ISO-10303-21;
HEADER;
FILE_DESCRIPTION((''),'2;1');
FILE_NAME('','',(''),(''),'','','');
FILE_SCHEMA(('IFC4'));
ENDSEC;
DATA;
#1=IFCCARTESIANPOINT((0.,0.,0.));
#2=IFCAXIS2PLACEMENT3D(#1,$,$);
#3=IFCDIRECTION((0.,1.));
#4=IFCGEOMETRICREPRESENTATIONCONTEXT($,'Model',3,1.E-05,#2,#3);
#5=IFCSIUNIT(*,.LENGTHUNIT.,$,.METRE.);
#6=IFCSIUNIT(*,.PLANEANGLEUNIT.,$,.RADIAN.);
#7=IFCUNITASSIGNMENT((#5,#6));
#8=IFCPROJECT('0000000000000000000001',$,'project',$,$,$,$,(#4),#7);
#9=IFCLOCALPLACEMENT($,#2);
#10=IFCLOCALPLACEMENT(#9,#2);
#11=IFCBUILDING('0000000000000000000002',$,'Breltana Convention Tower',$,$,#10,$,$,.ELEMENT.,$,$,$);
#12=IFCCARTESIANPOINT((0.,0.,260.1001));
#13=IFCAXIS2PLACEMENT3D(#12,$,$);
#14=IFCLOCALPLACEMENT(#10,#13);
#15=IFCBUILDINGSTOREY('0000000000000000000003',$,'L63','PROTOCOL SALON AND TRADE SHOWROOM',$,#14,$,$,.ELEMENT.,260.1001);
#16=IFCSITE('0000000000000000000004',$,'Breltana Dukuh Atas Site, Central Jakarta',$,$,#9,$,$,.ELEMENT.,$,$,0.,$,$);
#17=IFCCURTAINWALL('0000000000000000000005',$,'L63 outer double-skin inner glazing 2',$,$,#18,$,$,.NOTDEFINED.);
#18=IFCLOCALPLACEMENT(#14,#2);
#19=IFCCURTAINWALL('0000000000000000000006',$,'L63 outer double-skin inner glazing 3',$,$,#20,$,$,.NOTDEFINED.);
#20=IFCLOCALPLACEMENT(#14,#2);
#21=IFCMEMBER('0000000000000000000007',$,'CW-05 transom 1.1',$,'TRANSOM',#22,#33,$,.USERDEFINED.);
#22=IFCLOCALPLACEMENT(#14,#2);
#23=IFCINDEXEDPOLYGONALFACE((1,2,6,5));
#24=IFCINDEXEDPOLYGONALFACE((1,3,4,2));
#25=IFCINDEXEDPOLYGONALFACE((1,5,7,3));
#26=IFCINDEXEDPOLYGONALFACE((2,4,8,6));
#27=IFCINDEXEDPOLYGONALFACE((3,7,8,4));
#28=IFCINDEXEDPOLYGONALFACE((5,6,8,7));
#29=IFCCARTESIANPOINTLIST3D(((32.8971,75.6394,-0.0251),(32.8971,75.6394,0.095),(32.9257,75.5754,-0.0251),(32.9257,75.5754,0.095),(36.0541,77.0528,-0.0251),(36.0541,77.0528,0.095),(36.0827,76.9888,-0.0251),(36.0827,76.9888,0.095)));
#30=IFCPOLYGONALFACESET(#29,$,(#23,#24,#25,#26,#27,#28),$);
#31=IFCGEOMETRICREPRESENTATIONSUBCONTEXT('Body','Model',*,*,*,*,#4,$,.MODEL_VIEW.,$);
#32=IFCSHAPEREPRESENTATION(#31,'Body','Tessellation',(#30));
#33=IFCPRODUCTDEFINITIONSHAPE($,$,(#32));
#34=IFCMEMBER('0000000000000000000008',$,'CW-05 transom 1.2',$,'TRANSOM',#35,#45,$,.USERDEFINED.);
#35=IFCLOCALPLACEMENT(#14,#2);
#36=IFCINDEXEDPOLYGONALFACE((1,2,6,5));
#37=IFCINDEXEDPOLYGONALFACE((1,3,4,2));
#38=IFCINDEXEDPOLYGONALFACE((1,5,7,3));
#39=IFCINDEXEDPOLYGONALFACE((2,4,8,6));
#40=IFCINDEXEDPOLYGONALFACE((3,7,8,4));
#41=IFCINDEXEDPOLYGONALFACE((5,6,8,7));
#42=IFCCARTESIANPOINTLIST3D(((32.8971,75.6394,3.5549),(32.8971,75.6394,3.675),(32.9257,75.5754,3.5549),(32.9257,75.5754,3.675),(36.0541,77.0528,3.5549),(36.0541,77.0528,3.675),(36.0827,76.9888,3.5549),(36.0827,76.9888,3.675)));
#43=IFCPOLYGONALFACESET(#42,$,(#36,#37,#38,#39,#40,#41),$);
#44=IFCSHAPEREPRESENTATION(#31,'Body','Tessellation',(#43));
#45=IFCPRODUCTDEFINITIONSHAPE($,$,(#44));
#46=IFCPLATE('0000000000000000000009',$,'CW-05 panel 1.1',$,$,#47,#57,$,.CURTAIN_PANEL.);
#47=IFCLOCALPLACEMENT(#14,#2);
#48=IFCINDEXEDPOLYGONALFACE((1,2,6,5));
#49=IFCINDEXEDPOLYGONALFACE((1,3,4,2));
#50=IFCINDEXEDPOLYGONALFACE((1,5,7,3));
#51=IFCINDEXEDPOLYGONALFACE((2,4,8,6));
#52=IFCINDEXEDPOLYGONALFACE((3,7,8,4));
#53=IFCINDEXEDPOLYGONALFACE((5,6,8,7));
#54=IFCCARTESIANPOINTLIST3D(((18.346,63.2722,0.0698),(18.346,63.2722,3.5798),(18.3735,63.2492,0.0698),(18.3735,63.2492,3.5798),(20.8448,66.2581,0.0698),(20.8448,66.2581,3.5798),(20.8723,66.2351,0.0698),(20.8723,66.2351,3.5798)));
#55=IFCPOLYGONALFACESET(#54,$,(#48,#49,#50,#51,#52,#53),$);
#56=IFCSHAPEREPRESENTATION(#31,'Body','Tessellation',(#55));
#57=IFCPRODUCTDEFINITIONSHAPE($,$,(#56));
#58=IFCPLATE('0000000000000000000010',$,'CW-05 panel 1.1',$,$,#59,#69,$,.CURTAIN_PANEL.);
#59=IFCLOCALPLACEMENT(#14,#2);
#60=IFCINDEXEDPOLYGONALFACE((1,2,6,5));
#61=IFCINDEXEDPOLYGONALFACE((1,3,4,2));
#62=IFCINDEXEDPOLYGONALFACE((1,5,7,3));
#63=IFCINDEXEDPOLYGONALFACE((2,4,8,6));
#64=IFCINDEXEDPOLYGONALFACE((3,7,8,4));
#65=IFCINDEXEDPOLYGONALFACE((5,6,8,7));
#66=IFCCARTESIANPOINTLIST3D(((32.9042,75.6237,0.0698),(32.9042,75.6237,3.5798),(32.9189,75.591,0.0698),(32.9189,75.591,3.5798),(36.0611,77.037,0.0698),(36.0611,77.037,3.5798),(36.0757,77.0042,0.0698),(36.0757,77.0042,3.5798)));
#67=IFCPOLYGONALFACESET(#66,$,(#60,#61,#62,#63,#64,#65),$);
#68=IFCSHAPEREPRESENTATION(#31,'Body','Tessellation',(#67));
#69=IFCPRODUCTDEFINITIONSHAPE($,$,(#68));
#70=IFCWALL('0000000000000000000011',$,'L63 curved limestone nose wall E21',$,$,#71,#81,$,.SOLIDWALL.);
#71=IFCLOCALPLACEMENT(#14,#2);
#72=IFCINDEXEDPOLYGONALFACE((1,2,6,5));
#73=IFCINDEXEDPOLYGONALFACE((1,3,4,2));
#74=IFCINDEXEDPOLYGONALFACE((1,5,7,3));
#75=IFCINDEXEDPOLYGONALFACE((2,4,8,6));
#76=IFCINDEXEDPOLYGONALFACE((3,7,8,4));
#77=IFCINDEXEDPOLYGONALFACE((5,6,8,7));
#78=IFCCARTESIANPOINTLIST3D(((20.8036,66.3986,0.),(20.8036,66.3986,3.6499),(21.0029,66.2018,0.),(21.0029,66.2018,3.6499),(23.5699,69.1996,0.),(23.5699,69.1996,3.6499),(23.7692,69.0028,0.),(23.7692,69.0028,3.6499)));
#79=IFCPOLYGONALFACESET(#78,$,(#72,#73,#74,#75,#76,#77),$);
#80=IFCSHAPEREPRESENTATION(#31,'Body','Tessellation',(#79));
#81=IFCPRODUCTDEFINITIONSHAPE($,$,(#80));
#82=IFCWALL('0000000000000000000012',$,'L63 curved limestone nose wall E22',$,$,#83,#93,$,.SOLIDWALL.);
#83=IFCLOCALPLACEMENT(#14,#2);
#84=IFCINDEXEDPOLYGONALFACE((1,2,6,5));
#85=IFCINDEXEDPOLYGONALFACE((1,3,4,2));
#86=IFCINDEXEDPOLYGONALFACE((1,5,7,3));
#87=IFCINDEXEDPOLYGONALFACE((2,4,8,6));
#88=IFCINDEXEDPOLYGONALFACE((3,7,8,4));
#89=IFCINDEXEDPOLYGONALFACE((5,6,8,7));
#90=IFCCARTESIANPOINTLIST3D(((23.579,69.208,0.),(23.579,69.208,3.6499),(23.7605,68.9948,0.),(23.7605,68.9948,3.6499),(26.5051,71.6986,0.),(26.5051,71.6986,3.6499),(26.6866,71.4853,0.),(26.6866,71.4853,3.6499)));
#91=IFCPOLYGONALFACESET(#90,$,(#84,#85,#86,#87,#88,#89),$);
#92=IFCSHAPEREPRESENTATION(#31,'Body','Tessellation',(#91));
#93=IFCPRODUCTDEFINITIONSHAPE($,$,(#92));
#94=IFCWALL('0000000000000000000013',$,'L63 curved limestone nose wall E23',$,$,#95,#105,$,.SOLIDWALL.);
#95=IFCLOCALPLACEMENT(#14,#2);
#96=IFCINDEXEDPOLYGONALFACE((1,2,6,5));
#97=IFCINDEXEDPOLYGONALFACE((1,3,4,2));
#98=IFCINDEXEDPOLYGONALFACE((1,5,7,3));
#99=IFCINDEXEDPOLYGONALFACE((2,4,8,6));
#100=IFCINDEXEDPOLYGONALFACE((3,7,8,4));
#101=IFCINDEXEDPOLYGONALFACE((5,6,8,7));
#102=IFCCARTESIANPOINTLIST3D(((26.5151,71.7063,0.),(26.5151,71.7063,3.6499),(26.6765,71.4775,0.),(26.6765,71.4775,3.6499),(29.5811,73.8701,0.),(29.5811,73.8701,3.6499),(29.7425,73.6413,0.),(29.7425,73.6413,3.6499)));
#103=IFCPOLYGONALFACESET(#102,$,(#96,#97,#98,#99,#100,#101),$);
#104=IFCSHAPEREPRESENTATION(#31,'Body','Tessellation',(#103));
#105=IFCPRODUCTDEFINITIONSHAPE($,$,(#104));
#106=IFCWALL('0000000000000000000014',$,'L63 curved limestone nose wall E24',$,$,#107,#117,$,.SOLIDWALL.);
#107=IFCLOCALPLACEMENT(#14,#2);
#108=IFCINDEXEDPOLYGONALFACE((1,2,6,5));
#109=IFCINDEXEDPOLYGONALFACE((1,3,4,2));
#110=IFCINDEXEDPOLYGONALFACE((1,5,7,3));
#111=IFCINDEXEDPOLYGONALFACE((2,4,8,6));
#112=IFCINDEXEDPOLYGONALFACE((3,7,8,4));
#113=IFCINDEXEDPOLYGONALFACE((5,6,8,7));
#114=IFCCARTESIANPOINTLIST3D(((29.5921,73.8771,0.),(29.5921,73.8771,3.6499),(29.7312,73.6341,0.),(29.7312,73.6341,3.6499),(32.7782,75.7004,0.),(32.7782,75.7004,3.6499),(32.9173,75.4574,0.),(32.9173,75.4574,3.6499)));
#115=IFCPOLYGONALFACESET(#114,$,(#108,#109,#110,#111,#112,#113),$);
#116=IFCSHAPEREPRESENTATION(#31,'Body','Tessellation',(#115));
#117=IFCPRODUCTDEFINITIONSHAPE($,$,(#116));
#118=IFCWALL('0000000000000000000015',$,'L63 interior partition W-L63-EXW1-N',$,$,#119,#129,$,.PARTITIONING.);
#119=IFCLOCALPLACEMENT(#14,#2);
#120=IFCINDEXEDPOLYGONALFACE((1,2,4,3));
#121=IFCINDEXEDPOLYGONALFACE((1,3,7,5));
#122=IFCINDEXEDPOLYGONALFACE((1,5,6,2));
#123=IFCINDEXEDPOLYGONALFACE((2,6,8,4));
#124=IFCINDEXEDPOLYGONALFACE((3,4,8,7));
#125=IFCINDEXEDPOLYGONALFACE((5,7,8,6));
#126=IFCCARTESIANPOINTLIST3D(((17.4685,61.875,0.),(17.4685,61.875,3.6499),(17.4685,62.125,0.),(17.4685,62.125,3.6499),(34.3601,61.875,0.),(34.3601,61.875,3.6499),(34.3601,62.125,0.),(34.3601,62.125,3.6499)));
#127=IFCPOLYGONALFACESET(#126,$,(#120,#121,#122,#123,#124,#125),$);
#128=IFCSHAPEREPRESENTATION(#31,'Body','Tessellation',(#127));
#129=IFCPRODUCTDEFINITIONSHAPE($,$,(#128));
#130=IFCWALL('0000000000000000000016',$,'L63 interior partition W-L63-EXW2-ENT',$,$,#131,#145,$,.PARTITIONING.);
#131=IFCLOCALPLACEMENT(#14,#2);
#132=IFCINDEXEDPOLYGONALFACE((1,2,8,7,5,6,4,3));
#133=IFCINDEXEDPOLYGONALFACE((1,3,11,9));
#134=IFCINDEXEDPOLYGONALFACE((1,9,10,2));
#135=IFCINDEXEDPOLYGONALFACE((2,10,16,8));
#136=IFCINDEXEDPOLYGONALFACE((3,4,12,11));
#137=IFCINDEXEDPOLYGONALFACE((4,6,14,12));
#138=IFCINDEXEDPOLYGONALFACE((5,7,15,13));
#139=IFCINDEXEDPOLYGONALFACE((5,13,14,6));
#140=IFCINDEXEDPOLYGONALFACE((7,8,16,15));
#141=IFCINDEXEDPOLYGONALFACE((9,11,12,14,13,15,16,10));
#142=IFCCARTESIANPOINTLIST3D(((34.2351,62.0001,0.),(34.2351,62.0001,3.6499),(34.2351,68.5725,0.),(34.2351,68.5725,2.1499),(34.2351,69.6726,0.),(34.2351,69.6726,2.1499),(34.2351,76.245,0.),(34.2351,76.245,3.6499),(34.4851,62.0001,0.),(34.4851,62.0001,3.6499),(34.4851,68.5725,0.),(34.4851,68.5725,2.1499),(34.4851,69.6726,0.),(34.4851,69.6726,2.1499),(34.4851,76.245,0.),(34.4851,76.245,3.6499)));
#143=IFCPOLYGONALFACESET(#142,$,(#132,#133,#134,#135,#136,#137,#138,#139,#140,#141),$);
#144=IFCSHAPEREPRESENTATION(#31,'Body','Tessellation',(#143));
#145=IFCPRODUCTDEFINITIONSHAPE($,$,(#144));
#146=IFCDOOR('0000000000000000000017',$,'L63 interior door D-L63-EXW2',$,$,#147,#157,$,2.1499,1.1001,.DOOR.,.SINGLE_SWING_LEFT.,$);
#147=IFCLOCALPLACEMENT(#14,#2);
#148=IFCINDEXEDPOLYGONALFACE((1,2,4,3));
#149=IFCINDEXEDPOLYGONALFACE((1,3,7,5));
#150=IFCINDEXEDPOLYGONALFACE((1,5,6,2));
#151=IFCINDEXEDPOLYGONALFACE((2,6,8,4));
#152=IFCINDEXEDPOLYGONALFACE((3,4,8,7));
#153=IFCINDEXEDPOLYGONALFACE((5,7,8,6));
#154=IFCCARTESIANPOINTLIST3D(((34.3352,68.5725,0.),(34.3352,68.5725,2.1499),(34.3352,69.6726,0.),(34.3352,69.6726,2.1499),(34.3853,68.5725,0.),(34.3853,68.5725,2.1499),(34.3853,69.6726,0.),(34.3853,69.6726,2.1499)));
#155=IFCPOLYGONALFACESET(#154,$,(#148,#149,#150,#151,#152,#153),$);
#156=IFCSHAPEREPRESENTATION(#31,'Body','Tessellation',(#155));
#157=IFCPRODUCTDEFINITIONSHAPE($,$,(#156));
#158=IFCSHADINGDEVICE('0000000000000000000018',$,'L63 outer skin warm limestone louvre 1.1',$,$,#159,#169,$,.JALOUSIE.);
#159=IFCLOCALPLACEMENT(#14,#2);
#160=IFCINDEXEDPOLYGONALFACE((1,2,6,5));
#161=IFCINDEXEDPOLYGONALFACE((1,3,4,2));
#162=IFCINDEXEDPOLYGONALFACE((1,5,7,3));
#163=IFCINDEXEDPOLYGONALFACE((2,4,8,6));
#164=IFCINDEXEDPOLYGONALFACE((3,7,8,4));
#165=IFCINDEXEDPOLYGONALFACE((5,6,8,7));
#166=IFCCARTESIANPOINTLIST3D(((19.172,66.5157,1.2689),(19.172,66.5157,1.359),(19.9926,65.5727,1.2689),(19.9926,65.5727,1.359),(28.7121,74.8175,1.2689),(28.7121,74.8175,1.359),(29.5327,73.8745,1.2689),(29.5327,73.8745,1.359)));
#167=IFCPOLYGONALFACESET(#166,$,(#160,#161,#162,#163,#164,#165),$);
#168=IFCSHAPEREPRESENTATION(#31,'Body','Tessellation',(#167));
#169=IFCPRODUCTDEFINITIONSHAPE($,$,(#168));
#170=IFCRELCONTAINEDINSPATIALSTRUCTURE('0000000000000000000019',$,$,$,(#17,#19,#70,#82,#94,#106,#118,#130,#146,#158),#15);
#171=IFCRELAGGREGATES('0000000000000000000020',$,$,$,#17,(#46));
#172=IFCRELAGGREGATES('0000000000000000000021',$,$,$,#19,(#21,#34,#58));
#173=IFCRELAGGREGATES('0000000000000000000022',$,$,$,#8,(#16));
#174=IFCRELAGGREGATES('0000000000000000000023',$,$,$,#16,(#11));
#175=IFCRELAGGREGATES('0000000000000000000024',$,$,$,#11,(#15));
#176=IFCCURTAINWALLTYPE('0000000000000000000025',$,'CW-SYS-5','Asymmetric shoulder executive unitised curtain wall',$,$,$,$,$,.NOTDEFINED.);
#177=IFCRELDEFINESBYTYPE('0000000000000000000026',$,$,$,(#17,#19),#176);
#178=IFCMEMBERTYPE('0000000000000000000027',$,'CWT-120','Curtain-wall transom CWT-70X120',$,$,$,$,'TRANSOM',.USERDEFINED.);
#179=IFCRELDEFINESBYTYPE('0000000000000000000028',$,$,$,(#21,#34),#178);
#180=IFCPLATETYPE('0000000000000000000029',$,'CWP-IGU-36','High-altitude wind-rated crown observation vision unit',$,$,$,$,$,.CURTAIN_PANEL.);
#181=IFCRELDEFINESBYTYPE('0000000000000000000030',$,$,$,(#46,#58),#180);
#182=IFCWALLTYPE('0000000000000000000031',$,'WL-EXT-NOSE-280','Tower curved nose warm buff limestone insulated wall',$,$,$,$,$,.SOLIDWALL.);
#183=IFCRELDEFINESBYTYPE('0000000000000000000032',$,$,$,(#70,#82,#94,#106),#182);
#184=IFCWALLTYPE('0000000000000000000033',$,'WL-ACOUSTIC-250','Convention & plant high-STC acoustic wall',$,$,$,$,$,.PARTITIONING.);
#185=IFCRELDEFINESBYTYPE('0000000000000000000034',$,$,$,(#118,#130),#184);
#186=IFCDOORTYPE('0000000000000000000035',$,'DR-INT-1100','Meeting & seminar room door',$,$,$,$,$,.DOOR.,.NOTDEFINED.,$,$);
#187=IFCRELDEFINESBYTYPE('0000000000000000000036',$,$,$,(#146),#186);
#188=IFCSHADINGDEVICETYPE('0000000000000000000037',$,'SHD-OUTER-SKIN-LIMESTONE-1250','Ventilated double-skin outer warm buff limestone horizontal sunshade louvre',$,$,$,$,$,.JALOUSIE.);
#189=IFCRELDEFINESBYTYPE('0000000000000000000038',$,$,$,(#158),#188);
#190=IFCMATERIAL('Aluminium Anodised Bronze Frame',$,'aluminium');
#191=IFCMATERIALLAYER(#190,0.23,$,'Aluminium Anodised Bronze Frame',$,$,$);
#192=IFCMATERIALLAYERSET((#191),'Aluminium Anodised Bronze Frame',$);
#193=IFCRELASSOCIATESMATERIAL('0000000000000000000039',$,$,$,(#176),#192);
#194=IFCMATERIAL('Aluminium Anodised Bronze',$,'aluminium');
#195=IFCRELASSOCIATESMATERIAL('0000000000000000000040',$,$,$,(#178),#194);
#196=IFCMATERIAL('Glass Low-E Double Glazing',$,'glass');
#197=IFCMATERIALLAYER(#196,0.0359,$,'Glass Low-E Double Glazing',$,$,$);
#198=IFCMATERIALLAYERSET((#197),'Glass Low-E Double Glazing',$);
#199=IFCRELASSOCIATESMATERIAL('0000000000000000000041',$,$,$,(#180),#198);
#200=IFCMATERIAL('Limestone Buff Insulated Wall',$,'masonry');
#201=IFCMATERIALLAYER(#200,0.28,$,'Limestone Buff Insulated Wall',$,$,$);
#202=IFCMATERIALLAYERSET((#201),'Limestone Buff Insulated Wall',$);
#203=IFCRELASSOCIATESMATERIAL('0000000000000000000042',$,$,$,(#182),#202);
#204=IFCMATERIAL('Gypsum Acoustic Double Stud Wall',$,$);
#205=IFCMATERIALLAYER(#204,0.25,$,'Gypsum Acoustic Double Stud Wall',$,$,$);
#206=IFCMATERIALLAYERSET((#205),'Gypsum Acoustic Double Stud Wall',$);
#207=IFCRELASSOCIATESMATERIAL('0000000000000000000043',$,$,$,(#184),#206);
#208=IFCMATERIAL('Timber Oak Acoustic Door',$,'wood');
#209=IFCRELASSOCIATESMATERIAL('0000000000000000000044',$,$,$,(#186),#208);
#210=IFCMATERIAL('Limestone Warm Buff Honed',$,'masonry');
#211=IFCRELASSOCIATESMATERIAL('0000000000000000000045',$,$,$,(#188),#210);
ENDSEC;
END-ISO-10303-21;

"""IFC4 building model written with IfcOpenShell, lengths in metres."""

from ifc_helpers import new_model, si_unit, direction, frame, frame_2d, origin, origin_2d, place, context, subcontext, project, spatial, rectangle, extrude, source, transform, mapped, material, layer, layer_set, material_profile, profile_set, type_object, type_shapes, element, fill, aggregate, save


model = new_model("IFC4")

# Units and contexts
model_context = context("Model", 3, precision=1e-05, world=origin(), true_north=direction((0.0, 1.0)))
body_context = subcontext(model_context, "Body", "Model", "MODEL_VIEW")
ifc_project = project(units=[si_unit("LENGTHUNIT", "METRE"), si_unit("PLANEANGLEUNIT", "RADIAN")], contexts=[model_context])

# Site, building, storey
site_placement = place(None, origin())
site = spatial("IfcSite", under=ifc_project, at=site_placement, Name="Breltana Dukuh Atas Site, Central Jakarta", CompositionType="ELEMENT", RefElevation=0.0)
building_placement = place(site_placement, origin())
building = spatial("IfcBuilding", under=site, at=building_placement, Name="Breltana Convention Tower", CompositionType="ELEMENT")
storey_placement = place(building_placement, frame((0.0, 0.0, 260.1001)))
storey = spatial("IfcBuildingStorey", under=building, at=storey_placement, Name="L63", Description="PROTOCOL SALON AND TRADE SHOWROOM", CompositionType="ELEMENT", Elevation=260.1001)

# Curtain walls
ifc_material_1 = material(Name="Aluminium Anodised Bronze Frame", Category="aluminium")
ifc_layer_1 = layer(ifc_material_1, 0.23, Name="Aluminium Anodised Bronze Frame")
ifc_layer_set_1 = layer_set([ifc_layer_1], Name="Aluminium Anodised Bronze Frame")
curtain_wall_type = type_object("IfcCurtainWallType", Name="CW-SYS-5", Description="Asymmetric shoulder executive unitised curtain wall", PredefinedType="NOTDEFINED", material=ifc_layer_set_1)
curtain_wall_1_placement = place(storey_placement, origin())
curtain_wall_1 = element("IfcCurtainWall", 1, at=curtain_wall_1_placement, inside=storey, type_object=curtain_wall_type, Name="L63 outer double-skin inner glazing 2", PredefinedType="NOTDEFINED")
ifc_material_2 = material(Name="Aluminium Anodised Bronze", Category="aluminium")
curtain_wall_2_placement = place(storey_placement, origin())
curtain_wall_2 = element("IfcCurtainWall", 2, at=curtain_wall_2_placement, inside=storey, type_object=curtain_wall_type, Name="L63 outer double-skin inner glazing 3", PredefinedType="NOTDEFINED")

# Members
ifc_material_profile_1 = material_profile(ifc_material_2, rectangle(XDim=0.0701, YDim=0.1201, at=origin_2d()), Name="CWT-70X120")
ifc_profile_set_1 = profile_set([ifc_material_profile_1], Name="Aluminium Anodised Bronze")
member_type_1 = type_object("IfcMemberType", Name="CWT-120", Description="Curtain-wall transom CWT-70X120", ElementType="TRANSOM", PredefinedType="USERDEFINED", material=ifc_profile_set_1)
shared_shape_1 = source(origin(), body_context, "Body", "SweptSolid", [
    extrude(rectangle(XDim=0.0701, YDim=0.1201, at=origin_2d()), origin(), (0.0, 0.0, 1.0), 3.459),
])
member_1_placement = place(storey_placement, frame((32.9114, 75.6074, 0.0349), z_axis=(0.912711, 0.408606, 0.0), x_axis=(-0.408606, 0.912711, 0.0)))
member_1 = element("IfcMember", 3, at=member_1_placement, type_object=member_type_1, Name="CW-05 transom 1.1", ObjectType="TRANSOM", PredefinedType="USERDEFINED", context=body_context, shape_type="MappedRepresentation", body=[
    mapped(shared_shape_1, transform((0.0, 0.0, 0.0), scale=1.0)),
])
member_2_placement = place(storey_placement, frame((32.9114, 75.6074, 3.615), z_axis=(0.912711, 0.408606, 0.0), x_axis=(-0.408606, 0.912711, 0.0)))
member_2 = element("IfcMember", 4, at=member_2_placement, type_object=member_type_1, Name="CW-05 transom 1.2", ObjectType="TRANSOM", PredefinedType="USERDEFINED", context=body_context, shape_type="MappedRepresentation", body=[
    mapped(shared_shape_1, transform((0.0, 0.0, 0.0), scale=1.0)),
])

# Plates
ifc_material_3 = material(Name="Glass Low-E Double Glazing", Category="glass")
ifc_layer_2 = layer(ifc_material_3, 0.0359, Name="Glass Low-E Double Glazing")
ifc_layer_set_2 = layer_set([ifc_layer_2], Name="Glass Low-E Double Glazing")
plate_type = type_object("IfcPlateType", Name="CWP-IGU-36", Description="High-altitude wind-rated crown observation vision unit", PredefinedType="CURTAIN_PANEL", material=ifc_layer_set_2)
shared_shape_2 = source(origin(), body_context, "Body", "SweptSolid", [
    extrude(rectangle(XDim=3.8936, YDim=0.0359, at=origin_2d()), origin(), (0.0, 0.0, 1.0), 3.51),
])
plate_1_placement = place(storey_placement, frame((19.6091, 64.7537, 0.0698), z_axis=(0.0, 0.0, 1.0), x_axis=(0.641783, 0.766887, 0.0)))
plate_1 = element("IfcPlate", 5, at=plate_1_placement, type_object=plate_type, Name="CW-05 panel 1.1", PredefinedType="CURTAIN_PANEL", context=body_context, shape_type="MappedRepresentation", body=[
    mapped(shared_shape_2, transform((0.0, 0.0, 0.0), scale=1.0)),
])
aggregate(curtain_wall_1, [plate_1])
shared_shape_3 = source(origin(), body_context, "Body", "SweptSolid", [
    extrude(rectangle(XDim=3.4587, YDim=0.0359, at=origin_2d()), origin(), (0.0, 0.0, 1.0), 3.51),
])
plate_2_placement = place(storey_placement, frame((34.49, 76.314, 0.0698), z_axis=(0.0, 0.0, 1.0), x_axis=(0.912712, 0.408604, 0.0)))
plate_2 = element("IfcPlate", 6, at=plate_2_placement, type_object=plate_type, Name="CW-05 panel 1.1", PredefinedType="CURTAIN_PANEL", context=body_context, shape_type="MappedRepresentation", body=[
    mapped(shared_shape_3, transform((0.0, 0.0, 0.0), scale=1.0)),
])
aggregate(curtain_wall_2, [member_1, member_2, plate_2])

# Walls
ifc_material_4 = material(Name="Limestone Buff Insulated Wall", Category="masonry")
ifc_layer_3 = layer(ifc_material_4, 0.28, Name="Limestone Buff Insulated Wall")
ifc_layer_set_3 = layer_set([ifc_layer_3], Name="Limestone Buff Insulated Wall")
wall_type_1 = type_object("IfcWallType", Name="WL-EXT-NOSE-280", Description="Tower curved nose warm buff limestone insulated wall", PredefinedType="SOLIDWALL", material=ifc_layer_set_3)
shared_shape_4 = source(origin(), body_context, "Body", "SweptSolid", [
    extrude(rectangle(XDim=3.9368, YDim=0.28, at=frame_2d((1.9683, 0.0))), origin(), (0.0, 0.0, 1.0), 3.6499),
])
wall_1_placement = place(storey_placement, frame((20.9033, 66.3003, 0.0), z_axis=(0.0, 0.0, 1.0), x_axis=(0.70269, 0.711496, 0.0)))
element("IfcWall", 7, at=wall_1_placement, inside=storey, type_object=wall_type_1, Name="L63 curved limestone nose wall E21", PredefinedType="SOLIDWALL", context=body_context, shape_type="MappedRepresentation", body=[
    mapped(shared_shape_4, transform((0.0, 0.0, 0.0), scale=1.0)),
])
shared_shape_5 = source(origin(), body_context, "Body", "SweptSolid", [
    extrude(rectangle(XDim=3.8425, YDim=0.28, at=frame_2d((1.9214, 0.0))), origin(), (0.0, 0.0, 1.0), 3.6499),
])
wall_2_placement = place(storey_placement, frame((23.6697, 69.1013, 0.0), z_axis=(0.0, 0.0, 1.0), x_axis=(0.761508, 0.648155, 0.0)))
element("IfcWall", 8, at=wall_2_placement, inside=storey, type_object=wall_type_1, Name="L63 curved limestone nose wall E22", PredefinedType="SOLIDWALL", context=body_context, shape_type="MappedRepresentation", body=[
    mapped(shared_shape_5, transform((0.0, 0.0, 0.0), scale=1.0)),
])
shared_shape_6 = source(origin(), body_context, "Body", "SweptSolid", [
    extrude(rectangle(XDim=3.7527, YDim=0.28, at=frame_2d((1.8765, 0.0))), origin(), (0.0, 0.0, 1.0), 3.6499),
])
wall_3_placement = place(storey_placement, frame((26.5957, 71.5918, 0.0), z_axis=(0.0, 0.0, 1.0), x_axis=(0.817013, 0.576619, 0.0)))
element("IfcWall", 9, at=wall_3_placement, inside=storey, type_object=wall_type_1, Name="L63 curved limestone nose wall E23", PredefinedType="SOLIDWALL", context=body_context, shape_type="MappedRepresentation", body=[
    mapped(shared_shape_6, transform((0.0, 0.0, 0.0), scale=1.0)),
])
shared_shape_7 = source(origin(), body_context, "Body", "SweptSolid", [
    extrude(rectangle(XDim=3.6709, YDim=0.28, at=frame_2d((1.8354, 0.0))), origin(), (0.0, 0.0, 1.0), 3.6499),
])
wall_4_placement = place(storey_placement, frame((29.6616, 73.7556, 0.0), z_axis=(0.0, 0.0, 1.0), x_axis=(0.867932, 0.496683, 0.0)))
element("IfcWall", 10, at=wall_4_placement, inside=storey, type_object=wall_type_1, Name="L63 curved limestone nose wall E24", PredefinedType="SOLIDWALL", context=body_context, shape_type="MappedRepresentation", body=[
    mapped(shared_shape_7, transform((0.0, 0.0, 0.0), scale=1.0)),
])
ifc_material_5 = material(Name="Gypsum Acoustic Double Stud Wall")
ifc_layer_4 = layer(ifc_material_5, 0.25, Name="Gypsum Acoustic Double Stud Wall")
ifc_layer_set_4 = layer_set([ifc_layer_4], Name="Gypsum Acoustic Double Stud Wall")
wall_type_2 = type_object("IfcWallType", Name="WL-ACOUSTIC-250", Description="Convention & plant high-STC acoustic wall", PredefinedType="PARTITIONING", material=ifc_layer_set_4)
shared_shape_8 = source(origin(), body_context, "Body", "SweptSolid", [
    extrude(rectangle(XDim=16.8916, YDim=0.25, at=frame_2d((8.4458, 0.0))), origin(), (0.0, 0.0, 1.0), 3.6499),
])
wall_5_placement = place(storey_placement, frame((17.4685, 62.0, 0.0), z_axis=(0.0, 0.0, 1.0), x_axis=(1.0, 0.0, 0.0)))
element("IfcWall", 11, at=wall_5_placement, inside=storey, type_object=wall_type_2, Name="L63 interior partition W-L63-EXW1-N", PredefinedType="PARTITIONING", context=body_context, shape_type="MappedRepresentation", body=[
    mapped(shared_shape_8, transform((0.0, 0.0, 0.0), scale=1.0)),
])

# Wall, opening, door
shared_shape_9 = source(origin(), body_context, "Body", "SweptSolid", [
    extrude(rectangle(XDim=14.2449, YDim=0.25, at=frame_2d((7.1226, 0.0))), origin(), (0.0, 0.0, 1.0), 3.6499),
])
wall_6_placement = place(storey_placement, frame((34.3601, 62.0, 0.0), z_axis=(0.0, 0.0, 1.0), x_axis=(0.0, 1.0, 0.0)))
wall_6 = element("IfcWall", 12, at=wall_6_placement, inside=storey, type_object=wall_type_2, Name="L63 interior partition W-L63-EXW2-ENT", PredefinedType="PARTITIONING", context=body_context, shape_type="MappedRepresentation", body=[
    mapped(shared_shape_9, transform((0.0, 0.0, 0.0), scale=1.0)),
])
opening_placement = place(wall_6_placement, frame((6.5725, 0.0, 0.0)))
opening = element("IfcOpeningElement", 13, at=opening_placement, cuts=wall_6, PredefinedType="OPENING", context=body_context, shape_type="SweptSolid", body=[
    extrude(rectangle(XDim=1.1001, YDim=2.1499, at=frame_2d((0.55, 1.075))), frame((0.0, 0.135, 0.0), z_axis=(0.0, -1.0, 0.0), x_axis=(1.0, 0.0, 0.0)), (0.0, 0.0, 1.0), 0.27),
])
ifc_material_6 = material(Name="Timber Oak Acoustic Door", Category="wood")
door_type = type_object("IfcDoorType", Name="DR-INT-1100", Description="Meeting & seminar room door", OperationType="NOTDEFINED", PredefinedType="DOOR", material=ifc_material_6)
shared_shape_10 = source(origin(), body_context, "Body", "SweptSolid", [
    extrude(rectangle(XDim=1.1001, YDim=2.1499, at=frame_2d((0.55, 1.075))), frame((0.0, 0.0249, 0.0), z_axis=(0.0, -1.0, 0.0), x_axis=(1.0, 0.0, 0.0)), (0.0, 0.0, 1.0), 0.05),
])
type_shapes(door_type, [shared_shape_10])
door_placement = place(opening_placement, origin())
door = element("IfcDoor", 14, at=door_placement, inside=storey, type_object=door_type, Name="L63 interior door D-L63-EXW2", OperationType="SINGLE_SWING_LEFT", OverallHeight=2.1499, OverallWidth=1.1001, PredefinedType="DOOR", context=body_context, shape_type="MappedRepresentation", body=[
    mapped(shared_shape_10, transform((0.0, 0.0, 0.0), scale=1.0)),
])
fill(opening, door)

# Shading device
ifc_material_7 = material(Name="Limestone Warm Buff Honed", Category="masonry")
ifc_material_profile_2 = material_profile(ifc_material_7, rectangle(XDim=1.25, YDim=0.0901, at=origin_2d()), Name="STN-LVR-1250X90")
ifc_profile_set_2 = profile_set([ifc_material_profile_2], Name="Limestone Warm Buff Honed")
shading_device_type = type_object("IfcShadingDeviceType", Name="SHD-OUTER-SKIN-LIMESTONE-1250", Description="Ventilated double-skin outer warm buff limestone horizontal sunshade louvre", PredefinedType="JALOUSIE", material=ifc_profile_set_2)
shared_shape_11 = source(origin(), body_context, "Body", "SweptSolid", [
    extrude(rectangle(XDim=1.25, YDim=0.0901, at=origin_2d()), origin(), (0.0, 0.0, 1.0), 12.6465),
])
for number, where, z_axis, x_axis, name in (
    (15, (19.5823, 66.0442, 1.314), (0.754368, 0.656452, 0.0), (-0.656452, 0.754368, 0.0), "L63 outer skin warm limestone louvre 1.1"),
):
    element("IfcShadingDevice", number, at=place(storey_placement, frame(where, z_axis=z_axis, x_axis=x_axis)), inside=storey, type_object=shading_device_type, Name=name, PredefinedType="JALOUSIE", context=body_context, shape_type="MappedRepresentation", body=[
        mapped(shared_shape_11, transform((0.0, 0.0, 0.0), scale=1.0)),
    ])

save(model, "model.ifc")
